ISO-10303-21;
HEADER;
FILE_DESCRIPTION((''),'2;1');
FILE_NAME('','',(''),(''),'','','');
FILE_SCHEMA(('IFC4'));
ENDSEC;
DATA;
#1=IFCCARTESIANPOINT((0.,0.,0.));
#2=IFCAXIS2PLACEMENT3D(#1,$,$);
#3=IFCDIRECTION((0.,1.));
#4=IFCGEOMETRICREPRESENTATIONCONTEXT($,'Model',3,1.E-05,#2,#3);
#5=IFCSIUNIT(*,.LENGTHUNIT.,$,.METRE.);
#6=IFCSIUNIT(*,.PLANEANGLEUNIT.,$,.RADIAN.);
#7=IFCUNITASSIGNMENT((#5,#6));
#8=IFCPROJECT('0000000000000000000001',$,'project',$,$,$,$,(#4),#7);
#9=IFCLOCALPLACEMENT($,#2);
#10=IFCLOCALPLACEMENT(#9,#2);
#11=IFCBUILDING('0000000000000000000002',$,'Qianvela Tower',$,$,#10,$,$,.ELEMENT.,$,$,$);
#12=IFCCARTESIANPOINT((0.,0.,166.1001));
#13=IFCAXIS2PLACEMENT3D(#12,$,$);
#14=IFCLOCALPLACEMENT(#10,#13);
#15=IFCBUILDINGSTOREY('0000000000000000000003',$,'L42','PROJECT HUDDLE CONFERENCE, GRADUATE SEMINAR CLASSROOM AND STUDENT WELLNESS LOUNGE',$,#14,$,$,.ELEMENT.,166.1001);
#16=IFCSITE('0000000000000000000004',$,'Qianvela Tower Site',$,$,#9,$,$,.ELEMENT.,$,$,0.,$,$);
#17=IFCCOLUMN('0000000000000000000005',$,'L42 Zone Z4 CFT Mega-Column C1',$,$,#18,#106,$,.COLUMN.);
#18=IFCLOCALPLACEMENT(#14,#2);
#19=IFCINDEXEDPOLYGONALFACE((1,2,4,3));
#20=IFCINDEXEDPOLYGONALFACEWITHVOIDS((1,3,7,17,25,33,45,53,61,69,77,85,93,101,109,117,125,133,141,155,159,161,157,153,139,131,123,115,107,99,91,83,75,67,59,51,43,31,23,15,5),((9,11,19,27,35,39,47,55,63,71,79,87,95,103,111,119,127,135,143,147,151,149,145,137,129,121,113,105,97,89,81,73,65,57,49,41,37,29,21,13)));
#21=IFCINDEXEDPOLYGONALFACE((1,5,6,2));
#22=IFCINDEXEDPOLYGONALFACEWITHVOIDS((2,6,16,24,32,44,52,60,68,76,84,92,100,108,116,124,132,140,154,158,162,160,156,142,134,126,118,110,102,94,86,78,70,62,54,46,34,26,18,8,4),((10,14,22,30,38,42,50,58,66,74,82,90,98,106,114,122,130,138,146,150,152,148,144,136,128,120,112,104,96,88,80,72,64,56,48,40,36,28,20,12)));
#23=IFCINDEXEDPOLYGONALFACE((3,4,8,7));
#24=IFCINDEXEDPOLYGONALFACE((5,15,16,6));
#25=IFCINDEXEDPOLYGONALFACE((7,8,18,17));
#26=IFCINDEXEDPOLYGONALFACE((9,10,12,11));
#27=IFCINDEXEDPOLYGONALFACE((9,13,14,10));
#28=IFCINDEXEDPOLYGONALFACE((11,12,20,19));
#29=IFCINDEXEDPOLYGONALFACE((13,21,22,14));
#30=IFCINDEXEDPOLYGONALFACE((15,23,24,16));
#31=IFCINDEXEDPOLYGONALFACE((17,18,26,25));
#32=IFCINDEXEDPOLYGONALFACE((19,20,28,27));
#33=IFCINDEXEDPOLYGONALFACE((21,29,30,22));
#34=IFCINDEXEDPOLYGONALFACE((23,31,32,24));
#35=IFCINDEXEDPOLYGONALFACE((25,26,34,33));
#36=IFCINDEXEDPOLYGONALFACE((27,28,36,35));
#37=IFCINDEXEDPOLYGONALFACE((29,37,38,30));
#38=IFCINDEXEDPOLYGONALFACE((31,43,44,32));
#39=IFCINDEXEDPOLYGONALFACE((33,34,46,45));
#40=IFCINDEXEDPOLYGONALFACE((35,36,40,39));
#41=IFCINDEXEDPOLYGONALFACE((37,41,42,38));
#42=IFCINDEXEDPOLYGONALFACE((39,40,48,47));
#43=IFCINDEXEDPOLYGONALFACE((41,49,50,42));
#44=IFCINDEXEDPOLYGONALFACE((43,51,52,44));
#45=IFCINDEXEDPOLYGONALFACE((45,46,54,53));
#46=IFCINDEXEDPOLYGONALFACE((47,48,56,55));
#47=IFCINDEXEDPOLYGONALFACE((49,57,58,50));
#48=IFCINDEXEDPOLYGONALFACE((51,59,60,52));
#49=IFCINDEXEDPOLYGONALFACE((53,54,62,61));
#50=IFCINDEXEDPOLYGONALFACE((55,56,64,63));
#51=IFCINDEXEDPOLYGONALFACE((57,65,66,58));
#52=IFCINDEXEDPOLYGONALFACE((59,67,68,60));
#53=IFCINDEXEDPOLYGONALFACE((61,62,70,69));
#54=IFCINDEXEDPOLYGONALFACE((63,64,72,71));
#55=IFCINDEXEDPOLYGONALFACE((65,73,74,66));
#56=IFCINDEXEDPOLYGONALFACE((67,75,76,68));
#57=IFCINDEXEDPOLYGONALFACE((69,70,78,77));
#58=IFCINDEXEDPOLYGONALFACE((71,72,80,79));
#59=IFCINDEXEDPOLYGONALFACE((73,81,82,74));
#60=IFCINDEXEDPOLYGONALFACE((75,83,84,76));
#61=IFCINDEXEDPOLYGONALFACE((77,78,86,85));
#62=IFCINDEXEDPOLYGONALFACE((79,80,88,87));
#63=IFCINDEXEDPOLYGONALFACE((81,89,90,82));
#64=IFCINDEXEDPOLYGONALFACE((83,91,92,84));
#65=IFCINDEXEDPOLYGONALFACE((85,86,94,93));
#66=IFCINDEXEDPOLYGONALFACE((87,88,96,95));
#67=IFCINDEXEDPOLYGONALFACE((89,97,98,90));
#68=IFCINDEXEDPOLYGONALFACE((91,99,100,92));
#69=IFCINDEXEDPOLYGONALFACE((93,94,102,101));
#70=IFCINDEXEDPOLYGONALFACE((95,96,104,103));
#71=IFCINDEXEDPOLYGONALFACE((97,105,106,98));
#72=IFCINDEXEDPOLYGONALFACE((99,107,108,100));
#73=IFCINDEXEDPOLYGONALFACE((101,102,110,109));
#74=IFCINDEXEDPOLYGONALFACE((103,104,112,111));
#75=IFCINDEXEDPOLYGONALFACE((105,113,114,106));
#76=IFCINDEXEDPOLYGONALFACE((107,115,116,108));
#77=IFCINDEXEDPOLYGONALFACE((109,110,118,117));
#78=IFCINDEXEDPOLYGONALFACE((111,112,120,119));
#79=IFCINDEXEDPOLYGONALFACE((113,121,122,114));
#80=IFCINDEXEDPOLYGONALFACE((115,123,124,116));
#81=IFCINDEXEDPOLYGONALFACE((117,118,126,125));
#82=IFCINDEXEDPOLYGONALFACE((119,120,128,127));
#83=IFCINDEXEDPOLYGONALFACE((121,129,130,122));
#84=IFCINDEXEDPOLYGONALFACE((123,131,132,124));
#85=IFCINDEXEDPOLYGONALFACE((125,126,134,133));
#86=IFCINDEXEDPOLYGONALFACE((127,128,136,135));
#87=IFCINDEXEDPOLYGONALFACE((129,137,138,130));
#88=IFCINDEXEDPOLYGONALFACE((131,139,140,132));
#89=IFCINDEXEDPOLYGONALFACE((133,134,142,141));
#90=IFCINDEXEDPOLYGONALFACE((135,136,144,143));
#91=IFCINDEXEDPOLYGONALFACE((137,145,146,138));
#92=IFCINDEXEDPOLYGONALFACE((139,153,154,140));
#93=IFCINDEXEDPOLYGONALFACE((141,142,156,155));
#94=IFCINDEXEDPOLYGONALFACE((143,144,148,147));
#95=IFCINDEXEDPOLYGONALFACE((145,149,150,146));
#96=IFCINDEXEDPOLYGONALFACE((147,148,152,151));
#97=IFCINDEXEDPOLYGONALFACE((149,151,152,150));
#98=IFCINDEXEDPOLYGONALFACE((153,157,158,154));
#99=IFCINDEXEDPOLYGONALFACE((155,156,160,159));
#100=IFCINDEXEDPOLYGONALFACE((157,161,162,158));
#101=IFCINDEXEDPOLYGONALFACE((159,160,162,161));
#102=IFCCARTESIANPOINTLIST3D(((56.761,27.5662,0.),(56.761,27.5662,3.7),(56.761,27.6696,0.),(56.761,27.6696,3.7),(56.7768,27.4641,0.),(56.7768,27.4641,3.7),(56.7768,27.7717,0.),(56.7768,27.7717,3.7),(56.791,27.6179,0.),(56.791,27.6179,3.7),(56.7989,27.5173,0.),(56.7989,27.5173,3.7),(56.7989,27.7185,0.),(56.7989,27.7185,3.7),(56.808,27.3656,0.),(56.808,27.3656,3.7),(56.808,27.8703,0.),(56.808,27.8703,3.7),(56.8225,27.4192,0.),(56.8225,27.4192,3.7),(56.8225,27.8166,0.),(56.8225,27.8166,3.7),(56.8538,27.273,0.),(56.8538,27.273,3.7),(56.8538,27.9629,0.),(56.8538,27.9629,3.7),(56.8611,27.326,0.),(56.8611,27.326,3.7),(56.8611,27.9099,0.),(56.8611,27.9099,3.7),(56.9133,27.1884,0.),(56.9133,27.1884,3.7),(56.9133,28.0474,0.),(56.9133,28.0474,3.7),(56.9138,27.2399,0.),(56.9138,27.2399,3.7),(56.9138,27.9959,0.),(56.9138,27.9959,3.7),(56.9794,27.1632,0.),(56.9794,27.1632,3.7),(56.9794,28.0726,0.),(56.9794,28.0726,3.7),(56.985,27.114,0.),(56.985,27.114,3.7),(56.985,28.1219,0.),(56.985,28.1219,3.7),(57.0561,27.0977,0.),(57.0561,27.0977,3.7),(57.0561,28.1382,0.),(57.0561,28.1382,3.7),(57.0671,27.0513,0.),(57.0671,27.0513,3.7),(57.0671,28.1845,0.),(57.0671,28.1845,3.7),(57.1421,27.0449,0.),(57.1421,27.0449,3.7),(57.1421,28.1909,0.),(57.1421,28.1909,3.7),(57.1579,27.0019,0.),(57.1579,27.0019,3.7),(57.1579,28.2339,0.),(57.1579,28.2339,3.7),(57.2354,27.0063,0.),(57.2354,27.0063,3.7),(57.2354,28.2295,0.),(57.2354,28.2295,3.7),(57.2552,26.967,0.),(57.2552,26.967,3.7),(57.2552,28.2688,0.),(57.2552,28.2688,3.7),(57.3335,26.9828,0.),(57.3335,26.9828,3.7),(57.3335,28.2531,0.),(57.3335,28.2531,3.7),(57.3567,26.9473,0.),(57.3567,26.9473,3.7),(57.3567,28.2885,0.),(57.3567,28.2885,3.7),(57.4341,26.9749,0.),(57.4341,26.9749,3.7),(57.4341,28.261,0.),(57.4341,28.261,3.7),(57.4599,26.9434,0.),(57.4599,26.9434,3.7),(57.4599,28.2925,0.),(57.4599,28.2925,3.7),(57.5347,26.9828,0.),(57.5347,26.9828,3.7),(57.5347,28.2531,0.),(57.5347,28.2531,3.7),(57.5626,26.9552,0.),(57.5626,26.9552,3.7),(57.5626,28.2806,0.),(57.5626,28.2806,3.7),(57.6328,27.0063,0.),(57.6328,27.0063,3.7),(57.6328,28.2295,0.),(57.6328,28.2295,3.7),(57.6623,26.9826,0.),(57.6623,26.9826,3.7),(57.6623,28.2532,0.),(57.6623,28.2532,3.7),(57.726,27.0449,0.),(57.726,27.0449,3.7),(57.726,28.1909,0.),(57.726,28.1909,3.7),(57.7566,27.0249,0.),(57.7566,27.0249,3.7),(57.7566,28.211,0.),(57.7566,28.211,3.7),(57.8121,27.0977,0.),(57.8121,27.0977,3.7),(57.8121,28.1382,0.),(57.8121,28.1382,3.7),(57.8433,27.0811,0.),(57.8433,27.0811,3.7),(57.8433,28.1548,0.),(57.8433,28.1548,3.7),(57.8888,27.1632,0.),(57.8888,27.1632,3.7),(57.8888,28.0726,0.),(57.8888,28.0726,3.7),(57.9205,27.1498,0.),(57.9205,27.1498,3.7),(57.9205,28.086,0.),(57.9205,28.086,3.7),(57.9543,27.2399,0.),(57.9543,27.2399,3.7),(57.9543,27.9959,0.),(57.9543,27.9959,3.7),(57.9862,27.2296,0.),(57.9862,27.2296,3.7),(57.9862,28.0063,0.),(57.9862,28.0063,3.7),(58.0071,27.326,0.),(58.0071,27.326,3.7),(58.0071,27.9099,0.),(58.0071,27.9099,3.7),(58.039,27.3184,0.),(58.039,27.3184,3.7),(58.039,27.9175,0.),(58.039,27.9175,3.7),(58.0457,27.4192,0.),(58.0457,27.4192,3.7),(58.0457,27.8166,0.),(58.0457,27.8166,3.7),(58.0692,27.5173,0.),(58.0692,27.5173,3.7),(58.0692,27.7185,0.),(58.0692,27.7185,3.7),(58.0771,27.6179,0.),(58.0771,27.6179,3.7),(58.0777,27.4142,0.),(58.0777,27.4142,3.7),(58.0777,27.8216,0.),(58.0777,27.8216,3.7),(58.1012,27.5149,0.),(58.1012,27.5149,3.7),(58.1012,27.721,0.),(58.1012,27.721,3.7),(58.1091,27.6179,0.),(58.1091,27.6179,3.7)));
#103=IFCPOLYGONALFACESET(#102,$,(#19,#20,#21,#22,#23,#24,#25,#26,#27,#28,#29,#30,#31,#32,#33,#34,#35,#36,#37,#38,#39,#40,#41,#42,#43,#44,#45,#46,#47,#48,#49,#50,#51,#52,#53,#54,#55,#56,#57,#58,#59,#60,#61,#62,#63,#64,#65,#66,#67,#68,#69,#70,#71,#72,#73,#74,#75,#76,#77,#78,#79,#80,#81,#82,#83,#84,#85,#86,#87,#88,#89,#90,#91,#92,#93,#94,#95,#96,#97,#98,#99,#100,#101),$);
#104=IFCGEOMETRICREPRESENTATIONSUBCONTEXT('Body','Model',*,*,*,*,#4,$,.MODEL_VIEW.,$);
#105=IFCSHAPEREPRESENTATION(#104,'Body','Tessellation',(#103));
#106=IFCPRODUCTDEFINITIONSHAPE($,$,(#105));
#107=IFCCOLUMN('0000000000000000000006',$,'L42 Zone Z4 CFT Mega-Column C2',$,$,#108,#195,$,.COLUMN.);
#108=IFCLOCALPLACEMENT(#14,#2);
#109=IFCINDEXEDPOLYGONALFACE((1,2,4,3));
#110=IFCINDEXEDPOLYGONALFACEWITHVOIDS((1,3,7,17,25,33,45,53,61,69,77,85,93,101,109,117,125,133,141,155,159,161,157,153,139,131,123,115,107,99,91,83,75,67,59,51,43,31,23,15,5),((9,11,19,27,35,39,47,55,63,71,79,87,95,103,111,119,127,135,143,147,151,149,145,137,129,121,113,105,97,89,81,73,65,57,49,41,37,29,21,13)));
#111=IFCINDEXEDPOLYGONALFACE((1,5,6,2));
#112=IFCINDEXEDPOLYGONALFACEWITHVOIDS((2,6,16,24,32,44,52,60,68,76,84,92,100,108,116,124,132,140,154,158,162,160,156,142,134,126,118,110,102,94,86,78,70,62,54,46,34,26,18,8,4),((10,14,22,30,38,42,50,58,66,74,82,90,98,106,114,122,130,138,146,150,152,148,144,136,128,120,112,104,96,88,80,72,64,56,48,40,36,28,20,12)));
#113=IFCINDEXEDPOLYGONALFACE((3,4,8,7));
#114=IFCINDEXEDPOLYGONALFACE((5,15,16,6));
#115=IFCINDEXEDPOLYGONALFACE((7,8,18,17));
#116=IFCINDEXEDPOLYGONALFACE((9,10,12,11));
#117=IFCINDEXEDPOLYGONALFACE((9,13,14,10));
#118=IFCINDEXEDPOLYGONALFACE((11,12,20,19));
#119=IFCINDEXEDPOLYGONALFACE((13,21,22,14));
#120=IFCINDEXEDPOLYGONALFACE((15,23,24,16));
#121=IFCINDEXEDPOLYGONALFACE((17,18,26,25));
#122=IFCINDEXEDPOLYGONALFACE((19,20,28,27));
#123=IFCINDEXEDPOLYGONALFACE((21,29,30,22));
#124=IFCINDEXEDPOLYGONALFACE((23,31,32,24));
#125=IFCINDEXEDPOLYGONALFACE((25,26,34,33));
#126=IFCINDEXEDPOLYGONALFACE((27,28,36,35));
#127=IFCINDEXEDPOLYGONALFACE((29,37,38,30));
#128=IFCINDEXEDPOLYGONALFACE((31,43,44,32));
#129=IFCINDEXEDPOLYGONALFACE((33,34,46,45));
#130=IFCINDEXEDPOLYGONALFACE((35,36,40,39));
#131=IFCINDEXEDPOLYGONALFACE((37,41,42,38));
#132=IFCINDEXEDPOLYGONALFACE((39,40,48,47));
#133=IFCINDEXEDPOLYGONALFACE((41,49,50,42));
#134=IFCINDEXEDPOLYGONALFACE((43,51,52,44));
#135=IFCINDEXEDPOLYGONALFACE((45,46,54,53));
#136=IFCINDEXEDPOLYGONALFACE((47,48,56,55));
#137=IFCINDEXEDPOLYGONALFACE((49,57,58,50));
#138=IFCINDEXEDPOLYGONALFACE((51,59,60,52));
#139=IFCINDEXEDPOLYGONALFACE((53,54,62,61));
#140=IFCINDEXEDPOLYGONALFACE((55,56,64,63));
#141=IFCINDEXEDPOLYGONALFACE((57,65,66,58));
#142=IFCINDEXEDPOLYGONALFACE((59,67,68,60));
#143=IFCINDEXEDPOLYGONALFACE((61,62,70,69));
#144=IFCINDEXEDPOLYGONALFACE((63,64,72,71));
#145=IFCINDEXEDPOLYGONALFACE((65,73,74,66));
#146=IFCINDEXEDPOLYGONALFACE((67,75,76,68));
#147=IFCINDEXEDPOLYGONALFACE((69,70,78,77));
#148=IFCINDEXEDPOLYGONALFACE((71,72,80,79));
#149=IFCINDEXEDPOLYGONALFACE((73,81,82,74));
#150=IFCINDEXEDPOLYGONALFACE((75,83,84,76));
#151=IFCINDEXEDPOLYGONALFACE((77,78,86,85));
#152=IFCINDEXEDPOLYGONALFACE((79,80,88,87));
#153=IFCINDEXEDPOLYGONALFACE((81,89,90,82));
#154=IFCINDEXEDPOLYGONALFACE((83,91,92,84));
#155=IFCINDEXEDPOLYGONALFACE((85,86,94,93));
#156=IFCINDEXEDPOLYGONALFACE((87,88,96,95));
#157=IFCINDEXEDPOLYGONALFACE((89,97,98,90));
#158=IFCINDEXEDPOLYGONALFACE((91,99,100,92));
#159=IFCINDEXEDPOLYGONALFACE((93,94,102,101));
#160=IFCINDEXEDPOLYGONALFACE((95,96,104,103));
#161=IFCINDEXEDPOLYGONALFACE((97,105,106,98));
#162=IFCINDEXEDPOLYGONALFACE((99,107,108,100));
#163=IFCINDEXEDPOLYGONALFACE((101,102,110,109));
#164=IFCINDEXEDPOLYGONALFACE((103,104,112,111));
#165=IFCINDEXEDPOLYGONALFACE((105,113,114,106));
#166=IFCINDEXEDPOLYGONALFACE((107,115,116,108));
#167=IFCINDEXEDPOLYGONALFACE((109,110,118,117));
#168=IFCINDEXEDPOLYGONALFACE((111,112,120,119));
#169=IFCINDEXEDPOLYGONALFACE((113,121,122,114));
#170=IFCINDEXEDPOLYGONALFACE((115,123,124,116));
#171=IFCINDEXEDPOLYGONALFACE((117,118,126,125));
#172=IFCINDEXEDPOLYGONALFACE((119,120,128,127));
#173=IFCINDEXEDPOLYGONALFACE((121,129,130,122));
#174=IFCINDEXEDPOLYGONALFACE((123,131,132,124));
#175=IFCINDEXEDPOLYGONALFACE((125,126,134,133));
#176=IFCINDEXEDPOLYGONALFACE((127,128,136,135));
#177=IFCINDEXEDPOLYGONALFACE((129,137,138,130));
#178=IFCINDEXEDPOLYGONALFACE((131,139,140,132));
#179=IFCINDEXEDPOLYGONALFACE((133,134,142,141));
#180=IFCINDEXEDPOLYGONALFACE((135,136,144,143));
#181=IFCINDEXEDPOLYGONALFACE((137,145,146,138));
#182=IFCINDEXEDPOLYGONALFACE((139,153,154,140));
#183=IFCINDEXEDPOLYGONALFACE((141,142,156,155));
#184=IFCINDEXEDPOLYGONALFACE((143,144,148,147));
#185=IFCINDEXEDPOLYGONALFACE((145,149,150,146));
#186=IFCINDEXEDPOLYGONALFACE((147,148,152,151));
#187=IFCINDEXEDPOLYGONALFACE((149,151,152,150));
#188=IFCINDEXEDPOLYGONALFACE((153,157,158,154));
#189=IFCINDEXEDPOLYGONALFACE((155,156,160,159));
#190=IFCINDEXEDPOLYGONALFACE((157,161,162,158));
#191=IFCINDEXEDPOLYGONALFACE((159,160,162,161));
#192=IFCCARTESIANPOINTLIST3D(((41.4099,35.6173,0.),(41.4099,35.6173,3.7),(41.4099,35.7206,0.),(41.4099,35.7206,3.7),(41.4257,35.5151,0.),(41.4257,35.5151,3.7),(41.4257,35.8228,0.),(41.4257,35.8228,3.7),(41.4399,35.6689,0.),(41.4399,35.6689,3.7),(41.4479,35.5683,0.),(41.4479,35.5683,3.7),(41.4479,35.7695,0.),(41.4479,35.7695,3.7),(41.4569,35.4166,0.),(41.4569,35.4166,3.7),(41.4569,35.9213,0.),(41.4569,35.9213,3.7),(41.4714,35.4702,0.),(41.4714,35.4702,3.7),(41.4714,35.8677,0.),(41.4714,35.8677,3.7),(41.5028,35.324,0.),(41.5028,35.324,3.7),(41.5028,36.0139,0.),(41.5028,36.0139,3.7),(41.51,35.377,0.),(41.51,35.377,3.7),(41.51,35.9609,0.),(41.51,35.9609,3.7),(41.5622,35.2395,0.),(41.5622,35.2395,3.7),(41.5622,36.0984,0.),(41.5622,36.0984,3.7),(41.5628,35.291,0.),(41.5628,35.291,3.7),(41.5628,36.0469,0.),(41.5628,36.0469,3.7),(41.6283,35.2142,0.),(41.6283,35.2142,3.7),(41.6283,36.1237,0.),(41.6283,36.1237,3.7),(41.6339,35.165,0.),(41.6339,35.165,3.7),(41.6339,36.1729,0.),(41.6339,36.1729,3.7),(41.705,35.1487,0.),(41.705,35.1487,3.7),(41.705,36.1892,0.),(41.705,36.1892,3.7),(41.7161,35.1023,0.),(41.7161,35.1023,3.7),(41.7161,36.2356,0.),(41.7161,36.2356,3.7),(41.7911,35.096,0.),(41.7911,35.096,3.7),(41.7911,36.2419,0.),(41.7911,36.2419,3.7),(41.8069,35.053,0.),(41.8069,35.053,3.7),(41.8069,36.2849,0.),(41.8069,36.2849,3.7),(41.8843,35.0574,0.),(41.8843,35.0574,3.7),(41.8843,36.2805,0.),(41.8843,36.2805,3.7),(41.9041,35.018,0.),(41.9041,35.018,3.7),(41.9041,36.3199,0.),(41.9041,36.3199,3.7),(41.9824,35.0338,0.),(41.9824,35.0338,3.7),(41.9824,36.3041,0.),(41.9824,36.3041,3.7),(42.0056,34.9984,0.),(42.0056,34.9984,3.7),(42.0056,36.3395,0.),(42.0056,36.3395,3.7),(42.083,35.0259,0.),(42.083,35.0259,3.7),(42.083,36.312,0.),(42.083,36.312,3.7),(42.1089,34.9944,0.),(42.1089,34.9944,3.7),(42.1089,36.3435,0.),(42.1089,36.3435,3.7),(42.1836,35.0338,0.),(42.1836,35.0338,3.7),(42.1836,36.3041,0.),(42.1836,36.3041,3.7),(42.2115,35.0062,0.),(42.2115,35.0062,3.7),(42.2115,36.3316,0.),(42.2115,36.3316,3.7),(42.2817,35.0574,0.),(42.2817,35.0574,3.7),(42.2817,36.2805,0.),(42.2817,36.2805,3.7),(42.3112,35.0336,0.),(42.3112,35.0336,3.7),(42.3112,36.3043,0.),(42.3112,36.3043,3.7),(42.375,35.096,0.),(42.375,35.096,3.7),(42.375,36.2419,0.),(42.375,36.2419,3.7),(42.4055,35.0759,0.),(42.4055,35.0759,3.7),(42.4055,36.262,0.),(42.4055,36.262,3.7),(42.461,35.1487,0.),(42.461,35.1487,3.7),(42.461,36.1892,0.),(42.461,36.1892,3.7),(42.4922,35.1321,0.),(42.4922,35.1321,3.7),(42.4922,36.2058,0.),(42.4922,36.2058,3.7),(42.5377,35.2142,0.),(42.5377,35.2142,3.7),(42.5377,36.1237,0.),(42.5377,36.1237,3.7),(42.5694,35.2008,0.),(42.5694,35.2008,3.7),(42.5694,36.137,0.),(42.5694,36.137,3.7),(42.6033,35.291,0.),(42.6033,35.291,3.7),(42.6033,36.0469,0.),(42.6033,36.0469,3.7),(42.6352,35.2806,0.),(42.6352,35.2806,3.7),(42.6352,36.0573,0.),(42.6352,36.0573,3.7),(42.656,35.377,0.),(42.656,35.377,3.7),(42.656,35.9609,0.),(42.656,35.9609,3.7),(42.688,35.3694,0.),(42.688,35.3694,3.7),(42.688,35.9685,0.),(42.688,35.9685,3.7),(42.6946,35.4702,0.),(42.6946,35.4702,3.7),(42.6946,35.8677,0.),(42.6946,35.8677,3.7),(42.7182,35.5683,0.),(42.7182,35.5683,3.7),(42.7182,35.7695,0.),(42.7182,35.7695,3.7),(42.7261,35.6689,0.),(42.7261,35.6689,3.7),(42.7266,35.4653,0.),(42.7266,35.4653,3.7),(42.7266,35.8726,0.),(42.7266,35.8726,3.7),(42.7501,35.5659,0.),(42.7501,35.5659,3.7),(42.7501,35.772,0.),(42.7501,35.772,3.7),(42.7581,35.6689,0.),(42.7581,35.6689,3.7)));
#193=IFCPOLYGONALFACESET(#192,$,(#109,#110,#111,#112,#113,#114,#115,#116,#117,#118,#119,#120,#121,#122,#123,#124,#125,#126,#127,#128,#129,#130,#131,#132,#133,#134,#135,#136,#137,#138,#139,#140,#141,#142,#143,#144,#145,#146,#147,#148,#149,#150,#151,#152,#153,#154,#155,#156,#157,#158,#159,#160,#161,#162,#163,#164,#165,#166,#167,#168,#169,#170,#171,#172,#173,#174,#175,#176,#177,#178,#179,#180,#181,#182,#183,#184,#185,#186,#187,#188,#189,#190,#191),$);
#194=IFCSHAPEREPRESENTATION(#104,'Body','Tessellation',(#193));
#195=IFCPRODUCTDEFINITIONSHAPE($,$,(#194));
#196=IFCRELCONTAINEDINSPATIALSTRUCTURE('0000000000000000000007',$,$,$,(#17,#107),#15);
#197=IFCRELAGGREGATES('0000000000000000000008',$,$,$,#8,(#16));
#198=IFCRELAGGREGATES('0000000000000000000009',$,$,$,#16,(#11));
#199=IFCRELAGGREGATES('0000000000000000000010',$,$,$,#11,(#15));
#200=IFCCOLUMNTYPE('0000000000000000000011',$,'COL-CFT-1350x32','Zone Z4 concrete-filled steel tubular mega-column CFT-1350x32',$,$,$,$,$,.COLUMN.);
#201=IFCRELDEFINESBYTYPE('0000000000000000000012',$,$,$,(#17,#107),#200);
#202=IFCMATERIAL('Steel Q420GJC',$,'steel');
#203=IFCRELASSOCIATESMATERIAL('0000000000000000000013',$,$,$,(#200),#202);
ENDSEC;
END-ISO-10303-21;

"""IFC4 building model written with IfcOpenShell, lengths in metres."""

from ifc_helpers import new_model, si_unit, direction, frame, origin, origin_2d, place, context, subcontext, project, spatial, hollow_circle, extrude, material, material_profile, profile_set, type_object, element, save


model = new_model("IFC4")

# Units and contexts
model_context = context("Model", 3, precision=1e-05, world=origin(), true_north=direction((0.0, 1.0)))
body_context = subcontext(model_context, "Body", "Model", "MODEL_VIEW")
ifc_project = project(units=[si_unit("LENGTHUNIT", "METRE"), si_unit("PLANEANGLEUNIT", "RADIAN")], contexts=[model_context])

# Site, building, storey
site_placement = place(None, origin())
site = spatial("IfcSite", under=ifc_project, at=site_placement, Name="Qianvela Tower Site", CompositionType="ELEMENT", RefElevation=0.0)
building_placement = place(site_placement, origin())
building = spatial("IfcBuilding", under=site, at=building_placement, Name="Qianvela Tower", CompositionType="ELEMENT")
storey_placement = place(building_placement, frame((0.0, 0.0, 166.1001)))
storey = spatial("IfcBuildingStorey", under=building, at=storey_placement, Name="L42", Description="PROJECT HUDDLE CONFERENCE, GRADUATE SEMINAR CLASSROOM AND STUDENT WELLNESS LOUNGE", CompositionType="ELEMENT", Elevation=166.1001)

# Columns
ifc_material_1 = material(Name="Steel Q420GJC", Category="steel")
ifc_material_profile_1 = material_profile(ifc_material_1, hollow_circle(Radius=0.675, WallThickness=0.032, at=origin_2d()), Name="CFT-1350x32")
ifc_profile_set_1 = profile_set([ifc_material_profile_1], Name="Steel Q420GJC")
column_type = type_object("IfcColumnType", Name="COL-CFT-1350x32", Description="Zone Z4 concrete-filled steel tubular mega-column CFT-1350x32", PredefinedType="COLUMN", material=ifc_profile_set_1)
for number, where, z_axis, x_axis, name in (
    (1, (57.4341, 27.6179, 0.0), (0.0, 0.0, 1.0), (1.0, 0.0, 0.0), "L42 Zone Z4 CFT Mega-Column C1"),
    (2, (42.083, 35.6689, 0.0), (0.0, 0.0, 1.0), (1.0, 0.0, 0.0), "L42 Zone Z4 CFT Mega-Column C2"),
):
    element("IfcColumn", number, at=place(storey_placement, frame(where, z_axis=z_axis, x_axis=x_axis)), inside=storey, type_object=column_type, Name=name, PredefinedType="COLUMN", context=body_context, shape_type="SweptSolid", body=[
        extrude(hollow_circle(Radius=0.675, WallThickness=0.032, at=origin_2d()), origin(), (0.0, 0.0, 1.0), 3.7),
    ])

save(model, "model.ifc")
